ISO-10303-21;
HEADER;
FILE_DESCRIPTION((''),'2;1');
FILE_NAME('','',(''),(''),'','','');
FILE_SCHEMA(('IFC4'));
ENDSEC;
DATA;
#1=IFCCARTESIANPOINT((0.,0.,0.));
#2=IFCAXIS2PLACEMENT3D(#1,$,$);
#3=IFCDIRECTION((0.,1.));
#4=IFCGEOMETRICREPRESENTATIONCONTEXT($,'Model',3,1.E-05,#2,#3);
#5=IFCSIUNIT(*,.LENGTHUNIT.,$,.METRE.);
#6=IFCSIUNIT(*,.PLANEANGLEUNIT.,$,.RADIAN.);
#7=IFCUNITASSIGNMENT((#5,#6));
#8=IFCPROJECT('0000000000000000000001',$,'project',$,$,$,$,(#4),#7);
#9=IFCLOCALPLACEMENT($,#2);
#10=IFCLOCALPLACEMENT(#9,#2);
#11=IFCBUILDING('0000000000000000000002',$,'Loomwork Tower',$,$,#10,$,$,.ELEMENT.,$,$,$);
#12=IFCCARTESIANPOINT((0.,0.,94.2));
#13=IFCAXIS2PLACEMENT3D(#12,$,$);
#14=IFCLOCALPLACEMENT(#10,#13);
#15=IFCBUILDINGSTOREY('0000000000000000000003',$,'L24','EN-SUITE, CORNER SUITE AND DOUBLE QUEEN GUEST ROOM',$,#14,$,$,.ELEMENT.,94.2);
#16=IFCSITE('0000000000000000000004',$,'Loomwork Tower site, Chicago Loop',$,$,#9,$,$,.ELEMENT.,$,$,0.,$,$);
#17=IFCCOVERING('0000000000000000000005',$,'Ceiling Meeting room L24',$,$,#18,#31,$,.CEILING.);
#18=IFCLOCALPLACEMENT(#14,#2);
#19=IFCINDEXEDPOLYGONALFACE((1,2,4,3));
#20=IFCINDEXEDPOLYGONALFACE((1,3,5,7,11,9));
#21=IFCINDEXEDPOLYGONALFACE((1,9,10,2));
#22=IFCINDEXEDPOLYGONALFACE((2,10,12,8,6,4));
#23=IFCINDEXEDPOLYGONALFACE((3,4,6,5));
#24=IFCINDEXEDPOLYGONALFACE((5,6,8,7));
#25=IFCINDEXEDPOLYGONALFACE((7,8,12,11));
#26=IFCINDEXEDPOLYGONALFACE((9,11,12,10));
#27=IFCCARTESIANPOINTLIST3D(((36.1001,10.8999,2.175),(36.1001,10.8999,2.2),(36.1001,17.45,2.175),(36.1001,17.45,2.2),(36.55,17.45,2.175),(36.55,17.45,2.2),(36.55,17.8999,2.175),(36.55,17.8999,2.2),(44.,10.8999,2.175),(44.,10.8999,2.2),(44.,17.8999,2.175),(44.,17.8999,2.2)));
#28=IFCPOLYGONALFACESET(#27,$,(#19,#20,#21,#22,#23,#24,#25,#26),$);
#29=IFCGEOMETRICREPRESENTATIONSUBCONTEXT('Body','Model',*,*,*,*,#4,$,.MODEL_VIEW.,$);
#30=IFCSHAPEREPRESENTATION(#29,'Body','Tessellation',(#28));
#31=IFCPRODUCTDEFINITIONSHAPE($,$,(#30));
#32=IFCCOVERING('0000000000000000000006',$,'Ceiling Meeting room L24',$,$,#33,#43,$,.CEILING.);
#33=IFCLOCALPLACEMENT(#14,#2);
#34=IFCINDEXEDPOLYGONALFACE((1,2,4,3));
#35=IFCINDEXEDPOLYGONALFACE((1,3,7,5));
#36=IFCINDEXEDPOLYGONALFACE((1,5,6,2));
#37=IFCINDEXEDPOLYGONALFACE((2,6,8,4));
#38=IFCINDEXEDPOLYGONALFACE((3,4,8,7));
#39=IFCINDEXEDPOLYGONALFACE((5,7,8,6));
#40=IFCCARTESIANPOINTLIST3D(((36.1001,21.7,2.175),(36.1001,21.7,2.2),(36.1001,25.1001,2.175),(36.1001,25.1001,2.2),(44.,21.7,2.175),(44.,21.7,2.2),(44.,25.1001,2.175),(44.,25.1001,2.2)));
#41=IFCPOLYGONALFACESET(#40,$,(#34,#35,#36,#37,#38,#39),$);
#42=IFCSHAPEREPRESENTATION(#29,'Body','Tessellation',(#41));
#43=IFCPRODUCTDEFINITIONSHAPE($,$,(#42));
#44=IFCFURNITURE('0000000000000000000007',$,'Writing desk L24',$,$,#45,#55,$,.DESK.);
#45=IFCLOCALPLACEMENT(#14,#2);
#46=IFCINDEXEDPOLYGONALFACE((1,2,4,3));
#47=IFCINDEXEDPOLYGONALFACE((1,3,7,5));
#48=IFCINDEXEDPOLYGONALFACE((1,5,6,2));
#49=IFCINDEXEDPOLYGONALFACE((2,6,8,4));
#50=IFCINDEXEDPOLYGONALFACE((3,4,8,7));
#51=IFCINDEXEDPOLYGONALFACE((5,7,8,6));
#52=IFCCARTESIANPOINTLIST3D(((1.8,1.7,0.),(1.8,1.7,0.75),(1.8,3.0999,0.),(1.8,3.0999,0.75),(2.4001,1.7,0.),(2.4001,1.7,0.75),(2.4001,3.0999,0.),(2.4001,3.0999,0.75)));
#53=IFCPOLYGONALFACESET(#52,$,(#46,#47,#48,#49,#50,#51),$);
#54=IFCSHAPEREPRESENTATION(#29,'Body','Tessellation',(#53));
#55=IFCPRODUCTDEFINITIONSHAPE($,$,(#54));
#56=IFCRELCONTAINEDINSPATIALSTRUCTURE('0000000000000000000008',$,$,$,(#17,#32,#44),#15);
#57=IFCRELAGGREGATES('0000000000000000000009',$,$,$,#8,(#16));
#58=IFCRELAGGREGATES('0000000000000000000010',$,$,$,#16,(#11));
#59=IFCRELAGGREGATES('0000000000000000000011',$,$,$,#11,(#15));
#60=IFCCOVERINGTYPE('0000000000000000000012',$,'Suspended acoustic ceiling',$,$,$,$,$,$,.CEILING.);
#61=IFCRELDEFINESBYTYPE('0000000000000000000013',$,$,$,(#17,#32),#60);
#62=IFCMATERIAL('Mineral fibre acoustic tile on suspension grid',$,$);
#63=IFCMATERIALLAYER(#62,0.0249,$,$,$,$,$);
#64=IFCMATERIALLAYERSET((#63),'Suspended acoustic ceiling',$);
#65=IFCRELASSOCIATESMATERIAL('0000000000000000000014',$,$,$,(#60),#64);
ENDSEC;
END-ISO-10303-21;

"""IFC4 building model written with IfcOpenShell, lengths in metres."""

from ifc_helpers import new_model, si_unit, direction, frame, origin, origin_2d, place, context, subcontext, project, spatial, polyline, rectangle, outline, extrude, material, layer, layer_set, type_object, element, save


model = new_model("IFC4")

# Units and contexts
model_context = context("Model", 3, precision=1e-05, world=origin(), true_north=direction((0.0, 1.0)))
body_context = subcontext(model_context, "Body", "Model", "MODEL_VIEW")
ifc_project = project(units=[si_unit("LENGTHUNIT", "METRE"), si_unit("PLANEANGLEUNIT", "RADIAN")], contexts=[model_context])

# Site, building, storey
site_placement = place(None, origin())
site = spatial("IfcSite", under=ifc_project, at=site_placement, Name="Loomwork Tower site, Chicago Loop", CompositionType="ELEMENT", RefElevation=0.0)
building_placement = place(site_placement, origin())
building = spatial("IfcBuilding", under=site, at=building_placement, Name="Loomwork Tower", CompositionType="ELEMENT")
storey_placement = place(building_placement, frame((0.0, 0.0, 94.2)))
storey = spatial("IfcBuildingStorey", under=building, at=storey_placement, Name="L24", Description="EN-SUITE, CORNER SUITE AND DOUBLE QUEEN GUEST ROOM", CompositionType="ELEMENT", Elevation=94.2)

# Coverings
ifc_material_1 = material(Name="Mineral fibre acoustic tile on suspension grid")
ifc_layer_1 = layer(ifc_material_1, 0.0249)
ifc_layer_set_1 = layer_set([ifc_layer_1], Name="Suspended acoustic ceiling")
covering_type_1 = type_object("IfcCoveringType", Name="Suspended acoustic ceiling", PredefinedType="CEILING", material=ifc_layer_set_1)
covering_1_placement = place(storey_placement, frame((0.0, 0.0, 2.175)))
element("IfcCovering", 1, at=covering_1_placement, inside=storey, type_object=covering_type_1, Name="Ceiling Meeting room L24", PredefinedType="CEILING", context=body_context, shape_type="SweptSolid", body=[
    extrude(outline(polyline([(36.1001, 17.45), (36.55, 17.45), (36.55, 17.8999), (44.0, 17.8999), (44.0, 10.8999), (36.1001, 10.8999), (36.1001, 17.45)])), origin(), (0.0, 0.0, 1.0), 0.0249),
])
covering_2_placement = place(storey_placement, frame((0.0, 0.0, 2.175)))
element("IfcCovering", 2, at=covering_2_placement, inside=storey, type_object=covering_type_1, Name="Ceiling Meeting room L24", PredefinedType="CEILING", context=body_context, shape_type="SweptSolid", body=[
    extrude(outline(polyline([(44.0, 25.1001), (44.0, 21.7), (36.1001, 21.7), (36.1001, 25.1001), (44.0, 25.1001)])), origin(), (0.0, 0.0, 1.0), 0.0249),
])

# Furniture
furniture_placement = place(storey_placement, frame((2.1001, 2.3999, 0.0), z_axis=(0.0, 0.0, 1.0), x_axis=(1.0, 0.0, 0.0)))
element("IfcFurniture", 3, at=furniture_placement, inside=storey, Name="Writing desk L24", PredefinedType="DESK", context=body_context, shape_type="SweptSolid", body=[
    extrude(rectangle(XDim=0.6001, YDim=1.3999, at=origin_2d()), origin(), (0.0, 0.0, 1.0), 0.75),
])

save(model, "model.ifc")
